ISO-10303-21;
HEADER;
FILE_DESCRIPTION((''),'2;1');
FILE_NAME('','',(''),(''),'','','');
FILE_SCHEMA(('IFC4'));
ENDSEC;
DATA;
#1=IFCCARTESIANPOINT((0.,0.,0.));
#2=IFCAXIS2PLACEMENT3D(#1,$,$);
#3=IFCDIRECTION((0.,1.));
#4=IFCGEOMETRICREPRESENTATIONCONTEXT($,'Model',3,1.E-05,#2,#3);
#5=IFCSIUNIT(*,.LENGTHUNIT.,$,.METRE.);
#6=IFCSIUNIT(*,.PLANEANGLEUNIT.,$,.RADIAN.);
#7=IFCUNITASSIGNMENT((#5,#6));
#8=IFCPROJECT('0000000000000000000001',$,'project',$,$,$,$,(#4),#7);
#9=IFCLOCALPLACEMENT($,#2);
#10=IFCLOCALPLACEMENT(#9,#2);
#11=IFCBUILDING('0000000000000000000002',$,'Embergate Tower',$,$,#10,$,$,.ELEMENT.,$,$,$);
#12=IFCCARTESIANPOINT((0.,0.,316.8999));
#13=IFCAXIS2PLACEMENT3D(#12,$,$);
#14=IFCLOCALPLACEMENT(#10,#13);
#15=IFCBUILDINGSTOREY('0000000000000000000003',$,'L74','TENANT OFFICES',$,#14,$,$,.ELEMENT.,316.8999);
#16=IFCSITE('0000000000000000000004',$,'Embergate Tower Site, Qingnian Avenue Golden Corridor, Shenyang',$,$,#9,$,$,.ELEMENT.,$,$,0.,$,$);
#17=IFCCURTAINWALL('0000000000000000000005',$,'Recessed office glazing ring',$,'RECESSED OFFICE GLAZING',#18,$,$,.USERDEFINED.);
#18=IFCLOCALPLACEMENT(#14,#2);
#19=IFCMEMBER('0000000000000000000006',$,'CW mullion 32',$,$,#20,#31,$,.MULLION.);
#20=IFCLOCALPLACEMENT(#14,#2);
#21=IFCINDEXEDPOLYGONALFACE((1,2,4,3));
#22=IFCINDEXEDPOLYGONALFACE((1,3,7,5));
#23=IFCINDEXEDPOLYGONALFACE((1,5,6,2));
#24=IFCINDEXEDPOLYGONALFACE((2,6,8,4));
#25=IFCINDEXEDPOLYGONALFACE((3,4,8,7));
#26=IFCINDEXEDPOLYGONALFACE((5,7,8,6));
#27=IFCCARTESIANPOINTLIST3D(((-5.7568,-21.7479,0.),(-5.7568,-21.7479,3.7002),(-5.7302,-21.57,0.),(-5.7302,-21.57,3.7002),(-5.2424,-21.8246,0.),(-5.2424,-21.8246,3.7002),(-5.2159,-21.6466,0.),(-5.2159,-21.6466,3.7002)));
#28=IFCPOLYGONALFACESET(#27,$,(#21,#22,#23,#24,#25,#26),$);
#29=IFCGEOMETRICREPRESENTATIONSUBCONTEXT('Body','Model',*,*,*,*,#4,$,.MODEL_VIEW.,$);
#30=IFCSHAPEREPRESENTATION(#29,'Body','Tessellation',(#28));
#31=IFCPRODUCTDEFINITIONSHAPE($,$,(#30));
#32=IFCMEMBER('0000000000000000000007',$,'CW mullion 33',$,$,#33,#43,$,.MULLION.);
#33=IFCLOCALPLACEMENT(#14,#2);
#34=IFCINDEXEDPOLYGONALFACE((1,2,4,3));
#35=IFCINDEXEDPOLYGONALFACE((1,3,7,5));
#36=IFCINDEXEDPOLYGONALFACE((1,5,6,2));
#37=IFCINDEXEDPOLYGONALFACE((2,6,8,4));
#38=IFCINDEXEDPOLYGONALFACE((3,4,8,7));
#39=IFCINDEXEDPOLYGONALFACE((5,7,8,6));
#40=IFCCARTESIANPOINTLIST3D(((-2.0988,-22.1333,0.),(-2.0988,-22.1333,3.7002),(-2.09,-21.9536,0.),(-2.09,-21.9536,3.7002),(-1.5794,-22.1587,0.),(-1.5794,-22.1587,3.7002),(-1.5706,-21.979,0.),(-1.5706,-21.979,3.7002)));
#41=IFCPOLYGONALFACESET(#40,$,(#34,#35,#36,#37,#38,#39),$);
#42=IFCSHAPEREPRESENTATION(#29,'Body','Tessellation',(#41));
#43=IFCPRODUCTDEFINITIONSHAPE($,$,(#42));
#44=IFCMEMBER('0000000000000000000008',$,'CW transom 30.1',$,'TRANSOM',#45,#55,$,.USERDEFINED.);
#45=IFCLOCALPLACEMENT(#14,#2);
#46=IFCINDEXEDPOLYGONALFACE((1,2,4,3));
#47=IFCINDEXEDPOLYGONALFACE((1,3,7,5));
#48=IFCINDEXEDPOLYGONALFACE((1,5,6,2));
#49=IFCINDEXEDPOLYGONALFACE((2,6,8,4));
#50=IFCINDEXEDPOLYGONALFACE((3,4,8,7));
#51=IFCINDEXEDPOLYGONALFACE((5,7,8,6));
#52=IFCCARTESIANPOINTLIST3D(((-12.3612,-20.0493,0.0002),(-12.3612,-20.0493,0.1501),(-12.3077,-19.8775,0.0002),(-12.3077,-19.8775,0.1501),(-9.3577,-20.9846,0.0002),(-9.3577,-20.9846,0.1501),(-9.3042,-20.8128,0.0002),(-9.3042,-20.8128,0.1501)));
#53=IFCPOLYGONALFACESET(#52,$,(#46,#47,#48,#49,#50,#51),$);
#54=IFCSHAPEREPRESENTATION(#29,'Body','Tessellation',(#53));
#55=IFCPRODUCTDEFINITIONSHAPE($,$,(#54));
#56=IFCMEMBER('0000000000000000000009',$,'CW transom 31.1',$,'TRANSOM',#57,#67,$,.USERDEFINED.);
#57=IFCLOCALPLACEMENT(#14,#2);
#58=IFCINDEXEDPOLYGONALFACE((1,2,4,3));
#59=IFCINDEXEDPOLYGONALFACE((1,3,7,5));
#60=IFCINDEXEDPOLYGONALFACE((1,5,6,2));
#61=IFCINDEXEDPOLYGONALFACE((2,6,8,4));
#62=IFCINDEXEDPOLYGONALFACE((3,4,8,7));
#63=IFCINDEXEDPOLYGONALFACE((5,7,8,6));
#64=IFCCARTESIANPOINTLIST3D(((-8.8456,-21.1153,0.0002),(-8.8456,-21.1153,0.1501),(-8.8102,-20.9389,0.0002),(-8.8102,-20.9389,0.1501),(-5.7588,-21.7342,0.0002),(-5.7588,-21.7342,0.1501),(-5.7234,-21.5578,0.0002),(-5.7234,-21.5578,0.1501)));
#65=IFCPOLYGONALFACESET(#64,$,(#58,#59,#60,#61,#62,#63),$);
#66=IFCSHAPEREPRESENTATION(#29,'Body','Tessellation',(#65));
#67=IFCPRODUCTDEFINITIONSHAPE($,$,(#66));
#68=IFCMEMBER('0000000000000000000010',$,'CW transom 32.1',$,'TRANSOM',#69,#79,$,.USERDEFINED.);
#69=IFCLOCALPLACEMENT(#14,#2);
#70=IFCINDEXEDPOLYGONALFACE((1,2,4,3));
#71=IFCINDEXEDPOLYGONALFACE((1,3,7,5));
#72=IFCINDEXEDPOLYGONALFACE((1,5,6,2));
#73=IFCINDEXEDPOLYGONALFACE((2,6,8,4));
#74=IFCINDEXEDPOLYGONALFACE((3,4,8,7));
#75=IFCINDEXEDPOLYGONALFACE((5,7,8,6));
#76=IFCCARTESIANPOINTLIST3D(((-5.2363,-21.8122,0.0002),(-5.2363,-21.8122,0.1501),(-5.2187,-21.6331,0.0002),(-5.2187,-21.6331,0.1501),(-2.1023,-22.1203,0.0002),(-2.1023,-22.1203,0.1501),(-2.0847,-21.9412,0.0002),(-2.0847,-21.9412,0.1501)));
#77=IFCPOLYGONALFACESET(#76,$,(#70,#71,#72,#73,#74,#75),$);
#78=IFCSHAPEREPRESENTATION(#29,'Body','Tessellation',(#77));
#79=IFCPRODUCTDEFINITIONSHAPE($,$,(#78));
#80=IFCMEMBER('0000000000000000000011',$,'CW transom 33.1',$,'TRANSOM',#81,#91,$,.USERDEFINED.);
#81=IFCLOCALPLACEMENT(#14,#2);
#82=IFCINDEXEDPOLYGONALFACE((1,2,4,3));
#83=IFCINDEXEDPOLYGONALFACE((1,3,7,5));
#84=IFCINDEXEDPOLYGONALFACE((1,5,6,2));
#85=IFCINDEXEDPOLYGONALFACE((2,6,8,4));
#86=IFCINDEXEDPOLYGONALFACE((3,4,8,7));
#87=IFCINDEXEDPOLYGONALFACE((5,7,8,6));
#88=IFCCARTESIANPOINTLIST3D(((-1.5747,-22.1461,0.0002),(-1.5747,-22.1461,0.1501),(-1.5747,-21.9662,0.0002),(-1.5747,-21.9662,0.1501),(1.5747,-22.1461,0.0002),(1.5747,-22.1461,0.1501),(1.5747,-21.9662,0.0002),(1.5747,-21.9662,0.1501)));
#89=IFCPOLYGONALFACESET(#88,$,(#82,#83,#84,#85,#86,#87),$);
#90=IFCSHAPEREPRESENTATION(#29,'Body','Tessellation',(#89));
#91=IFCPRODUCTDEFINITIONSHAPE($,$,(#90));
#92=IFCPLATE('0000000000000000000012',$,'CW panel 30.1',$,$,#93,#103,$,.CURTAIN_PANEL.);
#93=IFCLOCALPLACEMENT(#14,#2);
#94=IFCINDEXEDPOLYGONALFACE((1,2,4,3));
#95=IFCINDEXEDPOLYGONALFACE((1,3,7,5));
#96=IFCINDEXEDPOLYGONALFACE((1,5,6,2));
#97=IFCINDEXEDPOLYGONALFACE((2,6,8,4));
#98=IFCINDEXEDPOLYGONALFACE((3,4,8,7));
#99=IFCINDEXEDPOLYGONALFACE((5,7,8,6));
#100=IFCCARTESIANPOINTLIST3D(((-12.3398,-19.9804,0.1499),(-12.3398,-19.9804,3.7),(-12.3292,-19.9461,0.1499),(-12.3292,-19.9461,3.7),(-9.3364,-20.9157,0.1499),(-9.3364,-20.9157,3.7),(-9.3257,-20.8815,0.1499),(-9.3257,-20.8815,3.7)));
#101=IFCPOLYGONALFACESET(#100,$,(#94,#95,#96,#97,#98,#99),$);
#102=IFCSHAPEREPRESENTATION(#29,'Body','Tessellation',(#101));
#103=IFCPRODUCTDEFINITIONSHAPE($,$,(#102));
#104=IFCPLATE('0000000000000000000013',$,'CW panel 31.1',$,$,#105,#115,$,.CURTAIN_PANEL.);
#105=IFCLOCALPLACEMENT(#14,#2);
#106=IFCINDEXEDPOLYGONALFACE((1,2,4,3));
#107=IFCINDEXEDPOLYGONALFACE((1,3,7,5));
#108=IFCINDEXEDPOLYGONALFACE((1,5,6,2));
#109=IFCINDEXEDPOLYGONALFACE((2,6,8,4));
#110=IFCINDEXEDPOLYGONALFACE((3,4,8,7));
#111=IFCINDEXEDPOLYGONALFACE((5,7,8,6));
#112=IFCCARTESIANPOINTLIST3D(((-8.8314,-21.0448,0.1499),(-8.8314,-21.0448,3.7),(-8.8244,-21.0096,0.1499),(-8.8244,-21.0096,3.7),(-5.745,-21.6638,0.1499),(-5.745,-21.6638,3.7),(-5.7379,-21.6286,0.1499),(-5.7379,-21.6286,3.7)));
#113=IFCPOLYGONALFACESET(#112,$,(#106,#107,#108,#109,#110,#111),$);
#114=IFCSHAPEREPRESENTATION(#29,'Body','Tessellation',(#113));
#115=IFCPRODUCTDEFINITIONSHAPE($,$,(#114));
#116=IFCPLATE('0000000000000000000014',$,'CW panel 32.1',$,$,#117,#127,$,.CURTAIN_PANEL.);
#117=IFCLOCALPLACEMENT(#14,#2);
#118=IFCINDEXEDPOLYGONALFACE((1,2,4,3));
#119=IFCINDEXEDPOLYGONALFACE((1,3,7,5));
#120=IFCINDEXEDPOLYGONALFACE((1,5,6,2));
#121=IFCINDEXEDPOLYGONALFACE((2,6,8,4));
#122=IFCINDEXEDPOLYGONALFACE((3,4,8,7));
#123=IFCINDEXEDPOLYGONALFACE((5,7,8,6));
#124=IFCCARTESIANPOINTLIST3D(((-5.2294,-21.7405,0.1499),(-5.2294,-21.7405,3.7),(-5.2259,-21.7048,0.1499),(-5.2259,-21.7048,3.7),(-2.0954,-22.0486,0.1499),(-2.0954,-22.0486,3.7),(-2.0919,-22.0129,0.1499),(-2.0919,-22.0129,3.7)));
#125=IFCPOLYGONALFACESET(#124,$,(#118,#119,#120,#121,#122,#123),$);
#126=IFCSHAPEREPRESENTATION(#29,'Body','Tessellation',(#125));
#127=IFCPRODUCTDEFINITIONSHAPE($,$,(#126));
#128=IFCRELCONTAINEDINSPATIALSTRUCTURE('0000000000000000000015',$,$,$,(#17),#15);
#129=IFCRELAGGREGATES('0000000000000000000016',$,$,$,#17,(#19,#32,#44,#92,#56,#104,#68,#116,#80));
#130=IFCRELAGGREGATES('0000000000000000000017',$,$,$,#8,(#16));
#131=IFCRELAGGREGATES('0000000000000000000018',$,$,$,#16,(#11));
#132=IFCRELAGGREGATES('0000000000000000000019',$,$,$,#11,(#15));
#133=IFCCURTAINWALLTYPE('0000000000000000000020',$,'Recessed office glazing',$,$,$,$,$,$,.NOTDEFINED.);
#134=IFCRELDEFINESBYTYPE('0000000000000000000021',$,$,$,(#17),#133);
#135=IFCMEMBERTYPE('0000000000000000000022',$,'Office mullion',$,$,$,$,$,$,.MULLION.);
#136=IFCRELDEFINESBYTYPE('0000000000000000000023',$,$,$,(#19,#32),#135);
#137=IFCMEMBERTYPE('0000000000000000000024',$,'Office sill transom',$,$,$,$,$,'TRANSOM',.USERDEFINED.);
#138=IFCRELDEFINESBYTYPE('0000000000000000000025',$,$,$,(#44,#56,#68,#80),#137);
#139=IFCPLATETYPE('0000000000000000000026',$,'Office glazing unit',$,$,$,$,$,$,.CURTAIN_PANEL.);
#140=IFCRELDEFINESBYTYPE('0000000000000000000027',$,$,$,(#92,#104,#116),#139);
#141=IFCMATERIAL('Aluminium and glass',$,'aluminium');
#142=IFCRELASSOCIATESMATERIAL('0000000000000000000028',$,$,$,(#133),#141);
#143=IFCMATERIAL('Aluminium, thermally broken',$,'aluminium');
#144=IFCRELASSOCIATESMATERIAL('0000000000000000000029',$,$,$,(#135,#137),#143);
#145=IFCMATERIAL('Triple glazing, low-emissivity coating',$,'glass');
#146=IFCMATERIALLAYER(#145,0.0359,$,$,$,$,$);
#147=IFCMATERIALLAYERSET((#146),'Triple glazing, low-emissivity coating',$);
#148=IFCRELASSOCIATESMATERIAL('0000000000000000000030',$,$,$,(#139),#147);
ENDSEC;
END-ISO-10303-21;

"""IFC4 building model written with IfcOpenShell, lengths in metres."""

from ifc_helpers import new_model, si_unit, direction, frame, origin, origin_2d, place, context, subcontext, project, spatial, rectangle, extrude, source, transform, mapped, material, layer, layer_set, material_profile, profile_set, type_object, element, aggregate, save


model = new_model("IFC4")

# Units and contexts
model_context = context("Model", 3, precision=1e-05, world=origin(), true_north=direction((0.0, 1.0)))
body_context = subcontext(model_context, "Body", "Model", "MODEL_VIEW")
ifc_project = project(units=[si_unit("LENGTHUNIT", "METRE"), si_unit("PLANEANGLEUNIT", "RADIAN")], contexts=[model_context])

# Site, building, storey
site_placement = place(None, origin())
site = spatial("IfcSite", under=ifc_project, at=site_placement, Name="Embergate Tower Site, Qingnian Avenue Golden Corridor, Shenyang", CompositionType="ELEMENT", RefElevation=0.0)
building_placement = place(site_placement, origin())
building = spatial("IfcBuilding", under=site, at=building_placement, Name="Embergate Tower", CompositionType="ELEMENT")
storey_placement = place(building_placement, frame((0.0, 0.0, 316.8999)))
storey = spatial("IfcBuildingStorey", under=building, at=storey_placement, Name="L74", Description="TENANT OFFICES", CompositionType="ELEMENT", Elevation=316.8999)

# Curtain wall, members
ifc_material_1 = material(Name="Aluminium and glass", Category="aluminium")
curtain_wall_type = type_object("IfcCurtainWallType", Name="Recessed office glazing", PredefinedType="NOTDEFINED", material=ifc_material_1)
curtain_wall_placement = place(storey_placement, origin())
curtain_wall = element("IfcCurtainWall", 1, at=curtain_wall_placement, inside=storey, type_object=curtain_wall_type, Name="Recessed office glazing ring", ObjectType="RECESSED OFFICE GLAZING", PredefinedType="USERDEFINED")
ifc_material_2 = material(Name="Aluminium, thermally broken", Category="aluminium")
ifc_material_profile_1 = material_profile(ifc_material_2, rectangle(XDim=0.1799, YDim=0.52, at=origin_2d()), Name="AL 520x180")
ifc_profile_set_1 = profile_set([ifc_material_profile_1], Name="Aluminium, thermally broken")
member_type_1 = type_object("IfcMemberType", Name="Office mullion", PredefinedType="MULLION", material=ifc_profile_set_1)
shared_shape_1 = source(origin(), body_context, "Body", "SweptSolid", [
    extrude(rectangle(XDim=0.1799, YDim=0.52, at=origin_2d()), origin(), (0.0, 0.0, 1.0), 3.7002),
])
member_1_placement = place(storey_placement, frame((-5.4863, -21.6973, 0.0), z_axis=(0.0, 0.0, 1.0), x_axis=(0.147411, 0.989075, 0.0)))
member_1 = element("IfcMember", 2, at=member_1_placement, type_object=member_type_1, Name="CW mullion 32", PredefinedType="MULLION", context=body_context, shape_type="MappedRepresentation", body=[
    mapped(shared_shape_1, transform((0.0, 0.0, 0.0))),
])
member_2_placement = place(storey_placement, frame((-1.8347, -22.0562, 0.0), z_axis=(0.0, 0.0, 1.0), x_axis=(0.048972, 0.9988, 0.0)))
member_2 = element("IfcMember", 3, at=member_2_placement, type_object=member_type_1, Name="CW mullion 33", PredefinedType="MULLION", context=body_context, shape_type="MappedRepresentation", body=[
    mapped(shared_shape_1, transform((0.0, 0.0, 0.0))),
])
ifc_material_profile_2 = material_profile(ifc_material_2, rectangle(XDim=0.1799, YDim=0.1499, at=origin_2d()), Name="AL 150x180")
ifc_profile_set_2 = profile_set([ifc_material_profile_2], Name="Aluminium, thermally broken")
member_type_2 = type_object("IfcMemberType", Name="Office sill transom", ElementType="TRANSOM", PredefinedType="USERDEFINED", material=ifc_profile_set_2)
shared_shape_2 = source(origin(), body_context, "Body", "SweptSolid", [
    extrude(rectangle(XDim=0.1799, YDim=0.1499, at=origin_2d()), origin(), (0.0, 0.0, 1.0), 3.1458),
])
member_3_placement = place(storey_placement, frame((-12.3345, -19.9634, 0.0752), z_axis=(0.954775, -0.297329, 0.0), x_axis=(0.297329, 0.954775, 0.0)))
member_3 = element("IfcMember", 4, at=member_3_placement, type_object=member_type_2, Name="CW transom 30.1", ObjectType="TRANSOM", PredefinedType="USERDEFINED", context=body_context, shape_type="MappedRepresentation", body=[
    mapped(shared_shape_2, transform((0.0, 0.0, 0.0))),
])
shared_shape_3 = source(origin(), body_context, "Body", "SweptSolid", [
    extrude(rectangle(XDim=0.1799, YDim=0.1499, at=origin_2d()), origin(), (0.0, 0.0, 1.0), 3.1482),
])
member_4_placement = place(storey_placement, frame((-8.8279, -21.0271, 0.0752), z_axis=(0.980485, -0.196593, 0.0), x_axis=(0.196593, 0.980485, 0.0)))
member_4 = element("IfcMember", 5, at=member_4_placement, type_object=member_type_2, Name="CW transom 31.1", ObjectType="TRANSOM", PredefinedType="USERDEFINED", context=body_context, shape_type="MappedRepresentation", body=[
    mapped(shared_shape_3, transform((0.0, 0.0, 0.0))),
])
shared_shape_4 = source(origin(), body_context, "Body", "SweptSolid", [
    extrude(rectangle(XDim=0.1799, YDim=0.1499, at=origin_2d()), origin(), (0.0, 0.0, 1.0), 3.1492),
])
member_5_placement = place(storey_placement, frame((-5.2275, -21.7227, 0.0752), z_axis=(0.995202, -0.097838, 0.0), x_axis=(0.097838, 0.995202, 0.0)))
member_5 = element("IfcMember", 6, at=member_5_placement, type_object=member_type_2, Name="CW transom 32.1", ObjectType="TRANSOM", PredefinedType="USERDEFINED", context=body_context, shape_type="MappedRepresentation", body=[
    mapped(shared_shape_4, transform((0.0, 0.0, 0.0))),
])
shared_shape_5 = source(origin(), body_context, "Body", "SweptSolid", [
    extrude(rectangle(XDim=0.1799, YDim=0.1499, at=origin_2d()), origin(), (0.0, 0.0, 1.0), 3.1494),
])
member_6_placement = place(storey_placement, frame((-1.5747, -22.0562, 0.0752), z_axis=(1.0, 0.0, 0.0), x_axis=(0.0, 1.0, 0.0)))
member_6 = element("IfcMember", 7, at=member_6_placement, type_object=member_type_2, Name="CW transom 33.1", ObjectType="TRANSOM", PredefinedType="USERDEFINED", context=body_context, shape_type="MappedRepresentation", body=[
    mapped(shared_shape_5, transform((0.0, 0.0, 0.0))),
])

# Plates
ifc_material_3 = material(Name="Triple glazing, low-emissivity coating", Category="glass")
ifc_layer_1 = layer(ifc_material_3, 0.0359)
ifc_layer_set_1 = layer_set([ifc_layer_1], Name="Triple glazing, low-emissivity coating")
plate_type = type_object("IfcPlateType", Name="Office glazing unit", PredefinedType="CURTAIN_PANEL", material=ifc_layer_set_1)
shared_shape_6 = source(origin(), body_context, "Body", "SweptSolid", [
    extrude(rectangle(XDim=3.1458, YDim=0.0359, at=origin_2d()), origin(), (0.0, 0.0, 1.0), 3.55),
])
plate_1_placement = place(storey_placement, frame((-10.8328, -20.4309, 0.1499), z_axis=(0.0, 0.0, 1.0), x_axis=(0.954771, -0.297342, 0.0)))
plate_1 = element("IfcPlate", 8, at=plate_1_placement, type_object=plate_type, Name="CW panel 30.1", PredefinedType="CURTAIN_PANEL", context=body_context, shape_type="MappedRepresentation", body=[
    mapped(shared_shape_6, transform((0.0, 0.0, 0.0))),
])
shared_shape_7 = source(origin(), body_context, "Body", "SweptSolid", [
    extrude(rectangle(XDim=3.1479, YDim=0.0359, at=origin_2d()), origin(), (0.0, 0.0, 1.0), 3.55),
])
plate_2_placement = place(storey_placement, frame((-7.2847, -21.3367, 0.1499), z_axis=(0.0, 0.0, 1.0), x_axis=(0.980476, -0.196641, 0.0)))
plate_2 = element("IfcPlate", 9, at=plate_2_placement, type_object=plate_type, Name="CW panel 31.1", PredefinedType="CURTAIN_PANEL", context=body_context, shape_type="MappedRepresentation", body=[
    mapped(shared_shape_7, transform((0.0, 0.0, 0.0))),
])
shared_shape_8 = source(origin(), body_context, "Body", "SweptSolid", [
    extrude(rectangle(XDim=3.1492, YDim=0.0359, at=origin_2d()), origin(), (0.0, 0.0, 1.0), 3.55),
])
plate_3_placement = place(storey_placement, frame((-3.6606, -21.8767, 0.1499), z_axis=(0.0, 0.0, 1.0), x_axis=(0.995203, -0.09783, 0.0)))
plate_3 = element("IfcPlate", 10, at=plate_3_placement, type_object=plate_type, Name="CW panel 32.1", PredefinedType="CURTAIN_PANEL", context=body_context, shape_type="MappedRepresentation", body=[
    mapped(shared_shape_8, transform((0.0, 0.0, 0.0))),
])
aggregate(curtain_wall, [member_1, member_2, member_3, plate_1, member_4, plate_2, member_5, plate_3, member_6])

save(model, "model.ifc")
